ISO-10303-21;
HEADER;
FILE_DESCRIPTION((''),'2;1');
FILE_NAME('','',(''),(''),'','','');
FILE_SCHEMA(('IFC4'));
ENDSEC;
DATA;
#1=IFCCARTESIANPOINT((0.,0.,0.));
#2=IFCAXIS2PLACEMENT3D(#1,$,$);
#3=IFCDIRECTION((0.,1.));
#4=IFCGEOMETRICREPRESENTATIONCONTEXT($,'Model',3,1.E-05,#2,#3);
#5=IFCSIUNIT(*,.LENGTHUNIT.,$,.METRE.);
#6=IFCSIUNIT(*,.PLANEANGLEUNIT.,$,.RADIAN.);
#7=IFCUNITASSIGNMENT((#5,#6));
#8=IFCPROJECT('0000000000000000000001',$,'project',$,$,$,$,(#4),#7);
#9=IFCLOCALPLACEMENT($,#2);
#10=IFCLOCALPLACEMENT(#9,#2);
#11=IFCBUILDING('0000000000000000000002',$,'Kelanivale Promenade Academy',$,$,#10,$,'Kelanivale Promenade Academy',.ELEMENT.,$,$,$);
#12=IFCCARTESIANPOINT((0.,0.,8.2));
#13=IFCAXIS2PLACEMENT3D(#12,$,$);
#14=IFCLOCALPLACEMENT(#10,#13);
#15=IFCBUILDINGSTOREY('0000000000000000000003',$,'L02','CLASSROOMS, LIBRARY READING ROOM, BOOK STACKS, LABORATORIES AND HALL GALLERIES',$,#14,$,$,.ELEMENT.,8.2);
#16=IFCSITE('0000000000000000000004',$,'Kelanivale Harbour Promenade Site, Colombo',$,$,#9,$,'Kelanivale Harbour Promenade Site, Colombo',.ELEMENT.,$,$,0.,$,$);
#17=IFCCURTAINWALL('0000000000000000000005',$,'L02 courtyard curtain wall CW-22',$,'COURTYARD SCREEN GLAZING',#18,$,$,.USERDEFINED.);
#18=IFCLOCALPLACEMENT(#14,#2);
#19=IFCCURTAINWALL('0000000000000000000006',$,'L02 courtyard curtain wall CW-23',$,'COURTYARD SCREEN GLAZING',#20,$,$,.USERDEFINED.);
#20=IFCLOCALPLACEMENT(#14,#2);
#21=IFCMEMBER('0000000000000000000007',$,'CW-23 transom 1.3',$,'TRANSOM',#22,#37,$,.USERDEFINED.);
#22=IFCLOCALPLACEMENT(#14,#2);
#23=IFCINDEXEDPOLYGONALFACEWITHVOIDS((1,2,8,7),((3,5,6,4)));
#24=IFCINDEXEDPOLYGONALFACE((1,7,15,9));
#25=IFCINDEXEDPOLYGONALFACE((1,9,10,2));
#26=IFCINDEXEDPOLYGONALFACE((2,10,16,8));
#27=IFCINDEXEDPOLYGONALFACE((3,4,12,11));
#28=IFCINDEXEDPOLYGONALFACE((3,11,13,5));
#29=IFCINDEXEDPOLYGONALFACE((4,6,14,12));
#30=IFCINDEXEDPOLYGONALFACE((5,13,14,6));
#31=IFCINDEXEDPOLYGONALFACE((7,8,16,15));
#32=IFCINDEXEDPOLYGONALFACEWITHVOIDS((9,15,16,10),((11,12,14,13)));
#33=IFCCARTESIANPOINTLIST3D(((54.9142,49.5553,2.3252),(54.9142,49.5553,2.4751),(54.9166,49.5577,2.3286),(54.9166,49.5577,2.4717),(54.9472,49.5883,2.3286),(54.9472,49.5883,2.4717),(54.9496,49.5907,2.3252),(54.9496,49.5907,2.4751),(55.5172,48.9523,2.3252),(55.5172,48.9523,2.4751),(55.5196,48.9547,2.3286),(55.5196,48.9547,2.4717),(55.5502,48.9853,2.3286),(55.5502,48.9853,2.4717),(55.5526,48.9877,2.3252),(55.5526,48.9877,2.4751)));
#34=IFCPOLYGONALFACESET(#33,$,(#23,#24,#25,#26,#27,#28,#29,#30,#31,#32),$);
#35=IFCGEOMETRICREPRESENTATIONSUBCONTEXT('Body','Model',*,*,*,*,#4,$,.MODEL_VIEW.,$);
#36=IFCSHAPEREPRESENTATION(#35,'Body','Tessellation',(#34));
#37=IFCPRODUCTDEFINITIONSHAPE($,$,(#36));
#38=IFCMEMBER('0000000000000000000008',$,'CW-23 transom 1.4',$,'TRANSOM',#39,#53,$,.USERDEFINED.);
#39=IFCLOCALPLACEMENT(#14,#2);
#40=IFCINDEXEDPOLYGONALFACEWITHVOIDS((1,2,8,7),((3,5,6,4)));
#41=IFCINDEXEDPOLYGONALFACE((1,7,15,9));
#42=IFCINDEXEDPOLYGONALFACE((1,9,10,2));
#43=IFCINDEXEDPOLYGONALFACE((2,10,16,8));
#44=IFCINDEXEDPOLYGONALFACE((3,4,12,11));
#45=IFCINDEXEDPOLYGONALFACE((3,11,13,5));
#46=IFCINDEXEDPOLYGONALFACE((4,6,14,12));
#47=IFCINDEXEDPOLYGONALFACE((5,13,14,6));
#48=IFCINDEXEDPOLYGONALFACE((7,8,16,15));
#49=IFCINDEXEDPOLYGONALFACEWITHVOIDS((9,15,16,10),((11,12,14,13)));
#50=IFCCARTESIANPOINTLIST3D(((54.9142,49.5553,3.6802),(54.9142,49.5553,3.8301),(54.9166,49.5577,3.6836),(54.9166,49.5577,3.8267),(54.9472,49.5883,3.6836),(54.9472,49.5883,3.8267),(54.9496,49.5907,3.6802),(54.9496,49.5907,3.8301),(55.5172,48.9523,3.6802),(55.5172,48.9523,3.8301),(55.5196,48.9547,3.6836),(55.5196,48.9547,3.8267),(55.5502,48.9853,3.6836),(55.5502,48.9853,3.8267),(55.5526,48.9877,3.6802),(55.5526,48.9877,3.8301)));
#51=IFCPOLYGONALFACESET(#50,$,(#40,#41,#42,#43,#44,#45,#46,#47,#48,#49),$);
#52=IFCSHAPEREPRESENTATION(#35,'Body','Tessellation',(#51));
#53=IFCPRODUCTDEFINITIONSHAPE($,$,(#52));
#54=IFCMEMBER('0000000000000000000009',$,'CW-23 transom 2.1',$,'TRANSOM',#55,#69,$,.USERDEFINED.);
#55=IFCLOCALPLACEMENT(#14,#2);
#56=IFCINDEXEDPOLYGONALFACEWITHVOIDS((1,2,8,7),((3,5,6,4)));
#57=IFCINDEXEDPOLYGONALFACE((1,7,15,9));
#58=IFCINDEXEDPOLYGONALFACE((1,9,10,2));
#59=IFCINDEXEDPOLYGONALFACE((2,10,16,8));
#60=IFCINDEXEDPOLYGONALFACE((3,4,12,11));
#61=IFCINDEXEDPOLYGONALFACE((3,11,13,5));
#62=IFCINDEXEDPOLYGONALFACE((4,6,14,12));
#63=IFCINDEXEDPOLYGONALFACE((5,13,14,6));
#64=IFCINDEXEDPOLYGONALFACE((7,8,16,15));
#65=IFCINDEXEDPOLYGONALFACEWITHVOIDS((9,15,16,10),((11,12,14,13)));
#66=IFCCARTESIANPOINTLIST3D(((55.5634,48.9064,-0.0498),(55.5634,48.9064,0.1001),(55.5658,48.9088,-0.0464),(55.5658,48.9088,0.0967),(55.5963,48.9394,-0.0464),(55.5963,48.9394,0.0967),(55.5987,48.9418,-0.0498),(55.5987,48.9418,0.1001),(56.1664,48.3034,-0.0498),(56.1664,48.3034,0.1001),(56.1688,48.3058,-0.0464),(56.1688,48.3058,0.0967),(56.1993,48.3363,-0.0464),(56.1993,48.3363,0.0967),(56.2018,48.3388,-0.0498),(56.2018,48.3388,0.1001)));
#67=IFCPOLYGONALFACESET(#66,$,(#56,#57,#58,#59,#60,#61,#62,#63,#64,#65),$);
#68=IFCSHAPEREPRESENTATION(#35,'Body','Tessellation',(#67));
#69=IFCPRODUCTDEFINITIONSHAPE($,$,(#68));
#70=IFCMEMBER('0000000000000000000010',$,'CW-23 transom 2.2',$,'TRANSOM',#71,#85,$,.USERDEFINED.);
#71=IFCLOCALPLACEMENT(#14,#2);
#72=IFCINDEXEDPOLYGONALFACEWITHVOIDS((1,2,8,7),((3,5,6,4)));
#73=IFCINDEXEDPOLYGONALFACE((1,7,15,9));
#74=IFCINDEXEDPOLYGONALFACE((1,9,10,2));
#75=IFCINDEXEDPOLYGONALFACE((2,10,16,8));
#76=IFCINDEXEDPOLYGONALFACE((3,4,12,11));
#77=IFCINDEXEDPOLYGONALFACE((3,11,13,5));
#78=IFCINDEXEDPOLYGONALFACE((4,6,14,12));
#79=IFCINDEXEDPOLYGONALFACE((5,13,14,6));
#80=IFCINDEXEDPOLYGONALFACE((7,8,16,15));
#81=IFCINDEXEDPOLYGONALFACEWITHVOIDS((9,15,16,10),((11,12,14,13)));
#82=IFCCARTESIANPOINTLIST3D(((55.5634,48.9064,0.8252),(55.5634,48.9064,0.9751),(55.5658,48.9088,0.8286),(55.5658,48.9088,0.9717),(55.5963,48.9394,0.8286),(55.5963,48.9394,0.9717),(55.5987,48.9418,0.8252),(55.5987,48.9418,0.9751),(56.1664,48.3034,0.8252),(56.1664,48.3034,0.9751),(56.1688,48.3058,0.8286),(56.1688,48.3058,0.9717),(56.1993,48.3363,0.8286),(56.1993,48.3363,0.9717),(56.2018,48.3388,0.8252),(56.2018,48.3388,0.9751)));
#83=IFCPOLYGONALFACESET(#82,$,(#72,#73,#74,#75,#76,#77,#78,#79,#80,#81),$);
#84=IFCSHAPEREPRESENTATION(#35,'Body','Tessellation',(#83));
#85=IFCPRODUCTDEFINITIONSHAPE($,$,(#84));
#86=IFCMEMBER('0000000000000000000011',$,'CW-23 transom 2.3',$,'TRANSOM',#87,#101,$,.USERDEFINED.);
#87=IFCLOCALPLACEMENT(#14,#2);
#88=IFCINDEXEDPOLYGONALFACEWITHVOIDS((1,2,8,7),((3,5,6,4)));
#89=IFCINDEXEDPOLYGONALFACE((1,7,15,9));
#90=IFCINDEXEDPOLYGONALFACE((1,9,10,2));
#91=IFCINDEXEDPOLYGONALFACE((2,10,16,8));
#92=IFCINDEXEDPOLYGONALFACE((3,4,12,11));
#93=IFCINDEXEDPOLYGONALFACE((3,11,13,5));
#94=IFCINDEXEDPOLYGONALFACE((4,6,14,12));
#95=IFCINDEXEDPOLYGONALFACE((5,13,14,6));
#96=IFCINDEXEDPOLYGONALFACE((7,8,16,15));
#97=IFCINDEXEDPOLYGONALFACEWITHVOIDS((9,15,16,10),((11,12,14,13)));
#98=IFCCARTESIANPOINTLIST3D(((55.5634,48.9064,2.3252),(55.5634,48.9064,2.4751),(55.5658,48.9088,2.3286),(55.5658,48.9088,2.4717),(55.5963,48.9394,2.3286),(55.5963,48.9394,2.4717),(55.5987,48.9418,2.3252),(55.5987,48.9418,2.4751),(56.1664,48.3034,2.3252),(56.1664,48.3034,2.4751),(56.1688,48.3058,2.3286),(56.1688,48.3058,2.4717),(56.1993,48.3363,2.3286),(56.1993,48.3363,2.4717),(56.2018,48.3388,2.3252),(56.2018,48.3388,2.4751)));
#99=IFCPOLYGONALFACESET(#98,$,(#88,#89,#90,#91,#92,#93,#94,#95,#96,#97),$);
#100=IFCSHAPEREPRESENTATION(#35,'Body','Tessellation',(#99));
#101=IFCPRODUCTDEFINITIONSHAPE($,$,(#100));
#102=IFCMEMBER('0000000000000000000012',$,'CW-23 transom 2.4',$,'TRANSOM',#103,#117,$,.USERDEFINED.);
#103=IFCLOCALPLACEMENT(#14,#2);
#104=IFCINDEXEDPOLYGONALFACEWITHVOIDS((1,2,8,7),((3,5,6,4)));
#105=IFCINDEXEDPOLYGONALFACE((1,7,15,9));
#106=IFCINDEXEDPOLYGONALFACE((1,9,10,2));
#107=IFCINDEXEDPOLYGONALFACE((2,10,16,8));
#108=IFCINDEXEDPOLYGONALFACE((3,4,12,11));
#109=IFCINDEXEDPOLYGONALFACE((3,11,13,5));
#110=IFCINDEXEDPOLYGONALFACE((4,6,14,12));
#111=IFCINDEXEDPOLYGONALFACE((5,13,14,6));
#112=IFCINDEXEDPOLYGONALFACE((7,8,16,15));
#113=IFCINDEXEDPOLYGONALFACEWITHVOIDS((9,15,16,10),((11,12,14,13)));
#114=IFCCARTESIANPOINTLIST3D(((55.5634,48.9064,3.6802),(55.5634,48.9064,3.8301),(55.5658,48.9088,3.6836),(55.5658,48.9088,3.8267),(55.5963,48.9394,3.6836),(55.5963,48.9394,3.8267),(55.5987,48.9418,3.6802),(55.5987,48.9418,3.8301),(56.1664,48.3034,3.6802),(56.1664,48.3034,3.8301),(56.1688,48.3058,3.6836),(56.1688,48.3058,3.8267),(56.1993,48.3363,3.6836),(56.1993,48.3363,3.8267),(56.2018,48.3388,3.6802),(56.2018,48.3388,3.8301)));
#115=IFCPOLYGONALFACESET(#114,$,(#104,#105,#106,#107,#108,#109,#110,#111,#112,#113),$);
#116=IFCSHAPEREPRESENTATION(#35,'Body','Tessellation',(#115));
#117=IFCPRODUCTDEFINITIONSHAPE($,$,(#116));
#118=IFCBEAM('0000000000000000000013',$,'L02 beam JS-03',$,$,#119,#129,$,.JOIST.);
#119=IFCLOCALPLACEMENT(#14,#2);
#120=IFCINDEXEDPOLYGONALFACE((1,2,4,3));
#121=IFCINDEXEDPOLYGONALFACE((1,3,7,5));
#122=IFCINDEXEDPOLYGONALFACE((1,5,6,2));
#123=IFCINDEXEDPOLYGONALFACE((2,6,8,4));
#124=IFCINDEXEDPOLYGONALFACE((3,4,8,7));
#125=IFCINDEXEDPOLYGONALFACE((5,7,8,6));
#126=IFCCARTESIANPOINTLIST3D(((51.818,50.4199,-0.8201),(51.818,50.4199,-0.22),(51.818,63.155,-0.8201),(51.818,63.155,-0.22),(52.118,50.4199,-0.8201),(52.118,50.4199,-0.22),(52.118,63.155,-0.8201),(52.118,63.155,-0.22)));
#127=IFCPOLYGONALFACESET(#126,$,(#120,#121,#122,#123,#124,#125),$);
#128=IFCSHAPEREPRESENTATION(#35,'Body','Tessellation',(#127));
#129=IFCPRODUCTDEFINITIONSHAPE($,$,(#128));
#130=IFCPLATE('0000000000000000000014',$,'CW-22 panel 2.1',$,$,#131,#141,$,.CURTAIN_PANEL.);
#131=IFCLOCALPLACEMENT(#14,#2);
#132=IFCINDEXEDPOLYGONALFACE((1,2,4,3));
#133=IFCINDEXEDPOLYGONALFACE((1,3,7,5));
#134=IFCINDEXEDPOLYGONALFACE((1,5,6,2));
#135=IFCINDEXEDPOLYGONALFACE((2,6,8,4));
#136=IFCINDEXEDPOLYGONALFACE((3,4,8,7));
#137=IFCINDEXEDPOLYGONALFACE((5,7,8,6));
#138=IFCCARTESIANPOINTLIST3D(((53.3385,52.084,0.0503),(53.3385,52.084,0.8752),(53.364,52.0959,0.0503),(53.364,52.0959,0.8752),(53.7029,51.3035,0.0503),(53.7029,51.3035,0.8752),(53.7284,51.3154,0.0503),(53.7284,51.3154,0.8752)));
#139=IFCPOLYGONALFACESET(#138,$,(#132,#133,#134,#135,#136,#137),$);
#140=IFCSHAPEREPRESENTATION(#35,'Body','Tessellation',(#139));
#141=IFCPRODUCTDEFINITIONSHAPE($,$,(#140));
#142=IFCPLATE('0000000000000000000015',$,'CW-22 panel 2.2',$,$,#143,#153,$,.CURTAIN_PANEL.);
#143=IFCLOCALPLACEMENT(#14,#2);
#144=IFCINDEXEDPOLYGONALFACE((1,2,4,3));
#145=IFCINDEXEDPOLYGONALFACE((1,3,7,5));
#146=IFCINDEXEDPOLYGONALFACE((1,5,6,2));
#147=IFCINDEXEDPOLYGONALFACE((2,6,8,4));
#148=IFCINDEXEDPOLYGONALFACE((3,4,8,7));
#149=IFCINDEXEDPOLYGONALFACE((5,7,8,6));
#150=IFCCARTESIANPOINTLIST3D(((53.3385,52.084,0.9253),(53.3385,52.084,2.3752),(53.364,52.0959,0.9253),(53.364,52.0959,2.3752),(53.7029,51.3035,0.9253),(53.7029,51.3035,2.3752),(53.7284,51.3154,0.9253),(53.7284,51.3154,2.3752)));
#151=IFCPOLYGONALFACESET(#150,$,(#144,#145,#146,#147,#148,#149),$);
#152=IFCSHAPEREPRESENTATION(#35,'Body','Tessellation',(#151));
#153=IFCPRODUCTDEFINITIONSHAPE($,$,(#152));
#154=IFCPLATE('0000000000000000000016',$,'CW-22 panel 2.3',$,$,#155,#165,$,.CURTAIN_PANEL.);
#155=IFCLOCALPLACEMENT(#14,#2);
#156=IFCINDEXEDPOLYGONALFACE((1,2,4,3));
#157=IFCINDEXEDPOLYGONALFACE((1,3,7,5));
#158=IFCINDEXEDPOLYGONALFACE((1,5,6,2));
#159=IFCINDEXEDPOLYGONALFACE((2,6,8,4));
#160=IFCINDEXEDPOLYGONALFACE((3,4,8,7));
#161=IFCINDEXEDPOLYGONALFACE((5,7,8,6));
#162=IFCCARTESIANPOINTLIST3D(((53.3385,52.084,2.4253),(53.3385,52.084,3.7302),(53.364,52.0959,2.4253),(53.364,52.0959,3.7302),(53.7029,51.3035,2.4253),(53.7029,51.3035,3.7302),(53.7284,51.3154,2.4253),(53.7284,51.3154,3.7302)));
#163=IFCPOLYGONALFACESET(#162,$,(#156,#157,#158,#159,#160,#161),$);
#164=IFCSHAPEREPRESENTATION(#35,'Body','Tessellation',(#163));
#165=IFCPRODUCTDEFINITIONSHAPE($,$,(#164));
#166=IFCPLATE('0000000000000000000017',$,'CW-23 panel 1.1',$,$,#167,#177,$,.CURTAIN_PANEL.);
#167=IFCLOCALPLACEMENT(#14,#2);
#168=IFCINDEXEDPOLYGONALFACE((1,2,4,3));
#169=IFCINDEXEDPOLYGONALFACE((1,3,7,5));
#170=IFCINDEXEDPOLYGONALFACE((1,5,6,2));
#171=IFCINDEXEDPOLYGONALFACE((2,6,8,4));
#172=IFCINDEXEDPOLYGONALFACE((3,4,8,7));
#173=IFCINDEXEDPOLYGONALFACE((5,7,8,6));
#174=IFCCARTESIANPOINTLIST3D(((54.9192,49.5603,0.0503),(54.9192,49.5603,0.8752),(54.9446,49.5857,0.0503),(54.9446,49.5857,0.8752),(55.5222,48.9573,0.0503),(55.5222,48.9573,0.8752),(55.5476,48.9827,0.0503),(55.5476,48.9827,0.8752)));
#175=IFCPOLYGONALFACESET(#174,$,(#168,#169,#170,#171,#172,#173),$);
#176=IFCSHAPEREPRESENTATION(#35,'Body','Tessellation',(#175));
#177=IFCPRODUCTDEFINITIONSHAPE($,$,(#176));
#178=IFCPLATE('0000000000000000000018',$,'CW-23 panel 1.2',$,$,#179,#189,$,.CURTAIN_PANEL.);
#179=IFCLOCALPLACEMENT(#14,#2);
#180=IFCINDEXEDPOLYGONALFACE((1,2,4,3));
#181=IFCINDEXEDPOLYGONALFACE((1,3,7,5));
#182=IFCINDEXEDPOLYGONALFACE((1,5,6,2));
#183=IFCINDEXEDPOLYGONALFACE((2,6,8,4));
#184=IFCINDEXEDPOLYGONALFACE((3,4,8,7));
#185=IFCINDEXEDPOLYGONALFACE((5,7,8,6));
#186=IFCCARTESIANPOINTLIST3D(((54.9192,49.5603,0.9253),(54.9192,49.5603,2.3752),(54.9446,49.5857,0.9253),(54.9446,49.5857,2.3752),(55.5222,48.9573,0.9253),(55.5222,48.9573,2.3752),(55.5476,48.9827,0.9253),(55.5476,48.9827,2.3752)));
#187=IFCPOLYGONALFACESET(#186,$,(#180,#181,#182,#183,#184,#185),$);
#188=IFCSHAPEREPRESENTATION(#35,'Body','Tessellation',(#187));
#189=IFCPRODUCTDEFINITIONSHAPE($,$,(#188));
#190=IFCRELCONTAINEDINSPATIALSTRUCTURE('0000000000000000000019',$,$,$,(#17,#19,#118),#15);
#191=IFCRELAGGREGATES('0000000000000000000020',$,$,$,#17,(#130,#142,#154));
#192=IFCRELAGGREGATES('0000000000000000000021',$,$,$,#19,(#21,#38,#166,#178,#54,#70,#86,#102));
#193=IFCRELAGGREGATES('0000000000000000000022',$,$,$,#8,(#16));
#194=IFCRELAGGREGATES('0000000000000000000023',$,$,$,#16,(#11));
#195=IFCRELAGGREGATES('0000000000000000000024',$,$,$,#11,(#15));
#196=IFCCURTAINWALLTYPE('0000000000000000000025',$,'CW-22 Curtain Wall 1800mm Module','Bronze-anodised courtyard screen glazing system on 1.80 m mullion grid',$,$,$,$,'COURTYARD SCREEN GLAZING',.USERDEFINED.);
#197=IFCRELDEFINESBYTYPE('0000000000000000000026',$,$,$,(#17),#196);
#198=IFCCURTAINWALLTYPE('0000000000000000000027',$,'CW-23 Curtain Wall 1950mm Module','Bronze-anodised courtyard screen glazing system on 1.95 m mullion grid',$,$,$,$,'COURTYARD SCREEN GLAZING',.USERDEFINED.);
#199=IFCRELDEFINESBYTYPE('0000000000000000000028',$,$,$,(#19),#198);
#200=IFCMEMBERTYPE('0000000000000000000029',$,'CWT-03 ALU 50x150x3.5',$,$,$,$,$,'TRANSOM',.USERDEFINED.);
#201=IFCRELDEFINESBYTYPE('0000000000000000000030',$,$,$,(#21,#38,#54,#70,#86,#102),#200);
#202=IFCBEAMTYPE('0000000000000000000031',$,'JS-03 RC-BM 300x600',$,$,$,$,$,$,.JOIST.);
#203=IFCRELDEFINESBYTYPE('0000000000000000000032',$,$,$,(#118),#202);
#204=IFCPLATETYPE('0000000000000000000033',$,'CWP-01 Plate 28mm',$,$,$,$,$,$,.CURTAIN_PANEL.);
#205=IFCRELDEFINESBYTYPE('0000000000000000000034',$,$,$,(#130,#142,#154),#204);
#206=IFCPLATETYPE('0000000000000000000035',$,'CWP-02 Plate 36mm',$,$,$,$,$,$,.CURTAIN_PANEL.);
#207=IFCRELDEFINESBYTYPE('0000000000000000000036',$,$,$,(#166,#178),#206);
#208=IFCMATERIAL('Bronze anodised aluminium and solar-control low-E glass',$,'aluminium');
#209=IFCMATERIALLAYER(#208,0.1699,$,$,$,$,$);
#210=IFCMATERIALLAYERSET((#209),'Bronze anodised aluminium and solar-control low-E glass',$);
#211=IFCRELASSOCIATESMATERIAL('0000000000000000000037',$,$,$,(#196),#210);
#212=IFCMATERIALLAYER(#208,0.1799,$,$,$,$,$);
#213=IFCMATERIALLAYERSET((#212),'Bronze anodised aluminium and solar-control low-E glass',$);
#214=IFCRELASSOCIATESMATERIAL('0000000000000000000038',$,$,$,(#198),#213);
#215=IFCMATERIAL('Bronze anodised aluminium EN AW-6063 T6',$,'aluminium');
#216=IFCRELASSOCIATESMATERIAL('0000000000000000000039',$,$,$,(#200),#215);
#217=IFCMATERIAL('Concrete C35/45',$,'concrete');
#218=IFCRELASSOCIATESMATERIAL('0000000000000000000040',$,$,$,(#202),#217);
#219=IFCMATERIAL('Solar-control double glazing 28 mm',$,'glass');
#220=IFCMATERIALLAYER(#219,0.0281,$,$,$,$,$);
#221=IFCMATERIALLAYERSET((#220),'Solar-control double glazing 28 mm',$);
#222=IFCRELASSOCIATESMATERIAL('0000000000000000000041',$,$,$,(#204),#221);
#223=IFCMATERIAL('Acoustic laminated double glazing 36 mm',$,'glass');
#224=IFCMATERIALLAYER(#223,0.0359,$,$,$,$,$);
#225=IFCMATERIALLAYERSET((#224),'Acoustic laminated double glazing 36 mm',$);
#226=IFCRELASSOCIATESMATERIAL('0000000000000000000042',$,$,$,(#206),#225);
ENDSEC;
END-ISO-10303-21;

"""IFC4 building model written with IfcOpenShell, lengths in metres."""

from ifc_helpers import new_model, si_unit, direction, frame, origin, origin_2d, place, context, subcontext, project, spatial, rectangle, hollow_rectangle, extrude, material, layer, layer_set, material_profile, profile_set, type_object, element, aggregate, save


model = new_model("IFC4")

# Units and contexts
model_context = context("Model", 3, precision=1e-05, world=origin(), true_north=direction((0.0, 1.0)))
body_context = subcontext(model_context, "Body", "Model", "MODEL_VIEW")
ifc_project = project(units=[si_unit("LENGTHUNIT", "METRE"), si_unit("PLANEANGLEUNIT", "RADIAN")], contexts=[model_context])

# Site, building, storey
site_placement = place(None, origin())
site = spatial("IfcSite", under=ifc_project, at=site_placement, Name="Kelanivale Harbour Promenade Site, Colombo", LongName="Kelanivale Harbour Promenade Site, Colombo", CompositionType="ELEMENT", RefElevation=0.0)
building_placement = place(site_placement, origin())
building = spatial("IfcBuilding", under=site, at=building_placement, Name="Kelanivale Promenade Academy", LongName="Kelanivale Promenade Academy", CompositionType="ELEMENT")
storey_placement = place(building_placement, frame((0.0, 0.0, 8.2)))
storey = spatial("IfcBuildingStorey", under=building, at=storey_placement, Name="L02", Description="CLASSROOMS, LIBRARY READING ROOM, BOOK STACKS, LABORATORIES AND HALL GALLERIES", CompositionType="ELEMENT", Elevation=8.2)

# Curtain wall
ifc_material_1 = material(Name="Bronze anodised aluminium and solar-control low-E glass", Category="aluminium")
ifc_layer_1 = layer(ifc_material_1, 0.1699)
ifc_layer_set_1 = layer_set([ifc_layer_1], Name="Bronze anodised aluminium and solar-control low-E glass")
curtain_wall_type_1 = type_object("IfcCurtainWallType", Name="CW-22 Curtain Wall 1800mm Module", Description="Bronze-anodised courtyard screen glazing system on 1.80 m mullion grid", ElementType="COURTYARD SCREEN GLAZING", PredefinedType="USERDEFINED", material=ifc_layer_set_1)
curtain_wall_1_placement = place(storey_placement, origin())
curtain_wall_1 = element("IfcCurtainWall", 1, at=curtain_wall_1_placement, inside=storey, type_object=curtain_wall_type_1, Name="L02 courtyard curtain wall CW-22", ObjectType="COURTYARD SCREEN GLAZING", PredefinedType="USERDEFINED")
ifc_material_2 = material(Name="Bronze anodised aluminium EN AW-6063 T6", Category="aluminium")

# Curtain wall
ifc_layer_2 = layer(ifc_material_1, 0.1799)
ifc_layer_set_2 = layer_set([ifc_layer_2], Name="Bronze anodised aluminium and solar-control low-E glass")
curtain_wall_type_2 = type_object("IfcCurtainWallType", Name="CW-23 Curtain Wall 1950mm Module", Description="Bronze-anodised courtyard screen glazing system on 1.95 m mullion grid", ElementType="COURTYARD SCREEN GLAZING", PredefinedType="USERDEFINED", material=ifc_layer_set_2)
curtain_wall_2_placement = place(storey_placement, origin())
curtain_wall_2 = element("IfcCurtainWall", 2, at=curtain_wall_2_placement, inside=storey, type_object=curtain_wall_type_2, Name="L02 courtyard curtain wall CW-23", ObjectType="COURTYARD SCREEN GLAZING", PredefinedType="USERDEFINED")

# Members
ifc_material_profile_1 = material_profile(ifc_material_2, hollow_rectangle(XDim=0.05, YDim=0.1499, WallThickness=0.0034, at=origin_2d()), Name="ALU 50x150x3.5")
ifc_profile_set_1 = profile_set([ifc_material_profile_1], Name="Bronze anodised aluminium EN AW-6063 T6")
member_type_1 = type_object("IfcMemberType", Name="CWT-03 ALU 50x150x3.5", ElementType="TRANSOM", PredefinedType="USERDEFINED", material=ifc_profile_set_1)
member_1_placement = place(storey_placement, frame((54.9319, 49.573, 2.4001), z_axis=(0.707107, -0.707107, 0.0), x_axis=(0.707107, 0.707107, 0.0)))
member_1 = element("IfcMember", 3, at=member_1_placement, type_object=member_type_1, Name="CW-23 transom 1.3", ObjectType="TRANSOM", PredefinedType="USERDEFINED", context=body_context, shape_type="SweptSolid", body=[
    extrude(hollow_rectangle(XDim=0.05, YDim=0.1499, WallThickness=0.0034, at=origin_2d()), origin(), (0.0, 0.0, 1.0), 0.8528),
])
member_2_placement = place(storey_placement, frame((54.9319, 49.573, 3.7551), z_axis=(0.707107, -0.707107, 0.0), x_axis=(0.707107, 0.707107, 0.0)))
member_2 = element("IfcMember", 4, at=member_2_placement, type_object=member_type_1, Name="CW-23 transom 1.4", ObjectType="TRANSOM", PredefinedType="USERDEFINED", context=body_context, shape_type="SweptSolid", body=[
    extrude(hollow_rectangle(XDim=0.05, YDim=0.1499, WallThickness=0.0034, at=origin_2d()), origin(), (0.0, 0.0, 1.0), 0.8528),
])
member_3_placement = place(storey_placement, frame((55.5811, 48.9241, 0.0251), z_axis=(0.707107, -0.707107, 0.0), x_axis=(0.707107, 0.707107, 0.0)))
member_3 = element("IfcMember", 5, at=member_3_placement, type_object=member_type_1, Name="CW-23 transom 2.1", ObjectType="TRANSOM", PredefinedType="USERDEFINED", context=body_context, shape_type="SweptSolid", body=[
    extrude(hollow_rectangle(XDim=0.05, YDim=0.1499, WallThickness=0.0034, at=origin_2d()), origin(), (0.0, 0.0, 1.0), 0.8528),
])
member_4_placement = place(storey_placement, frame((55.5811, 48.9241, 0.9001), z_axis=(0.707107, -0.707107, 0.0), x_axis=(0.707107, 0.707107, 0.0)))
member_4 = element("IfcMember", 6, at=member_4_placement, type_object=member_type_1, Name="CW-23 transom 2.2", ObjectType="TRANSOM", PredefinedType="USERDEFINED", context=body_context, shape_type="SweptSolid", body=[
    extrude(hollow_rectangle(XDim=0.05, YDim=0.1499, WallThickness=0.0034, at=origin_2d()), origin(), (0.0, 0.0, 1.0), 0.8528),
])
member_5_placement = place(storey_placement, frame((55.5811, 48.9241, 2.4001), z_axis=(0.707107, -0.707107, 0.0), x_axis=(0.707107, 0.707107, 0.0)))
member_5 = element("IfcMember", 7, at=member_5_placement, type_object=member_type_1, Name="CW-23 transom 2.3", ObjectType="TRANSOM", PredefinedType="USERDEFINED", context=body_context, shape_type="SweptSolid", body=[
    extrude(hollow_rectangle(XDim=0.05, YDim=0.1499, WallThickness=0.0034, at=origin_2d()), origin(), (0.0, 0.0, 1.0), 0.8528),
])
member_6_placement = place(storey_placement, frame((55.5811, 48.9241, 3.7551), z_axis=(0.707107, -0.707107, 0.0), x_axis=(0.707107, 0.707107, 0.0)))
member_6 = element("IfcMember", 8, at=member_6_placement, type_object=member_type_1, Name="CW-23 transom 2.4", ObjectType="TRANSOM", PredefinedType="USERDEFINED", context=body_context, shape_type="SweptSolid", body=[
    extrude(hollow_rectangle(XDim=0.05, YDim=0.1499, WallThickness=0.0034, at=origin_2d()), origin(), (0.0, 0.0, 1.0), 0.8528),
])

# Beam
ifc_material_3 = material(Name="Concrete C35/45", Category="concrete")
ifc_material_profile_2 = material_profile(ifc_material_3, rectangle(XDim=0.3, YDim=0.6001, at=origin_2d()), Name="RC-BM 300x600")
ifc_profile_set_2 = profile_set([ifc_material_profile_2], Name="Concrete C35/45")
beam_type = type_object("IfcBeamType", Name="JS-03 RC-BM 300x600", PredefinedType="JOIST", material=ifc_profile_set_2)
beam_placement = place(storey_placement, frame((51.968, 50.4199, -0.52), z_axis=(0.0, 1.0, 0.0), x_axis=(-1.0, 0.0, 0.0)))
element("IfcBeam", 9, at=beam_placement, inside=storey, type_object=beam_type, Name="L02 beam JS-03", PredefinedType="JOIST", context=body_context, shape_type="SweptSolid", body=[
    extrude(rectangle(XDim=0.3, YDim=0.6001, at=origin_2d()), origin(), (0.0, 0.0, 1.0), 12.7351),
])

# Plates
ifc_material_4 = material(Name="Solar-control double glazing 28 mm", Category="glass")
ifc_layer_3 = layer(ifc_material_4, 0.0281)
ifc_layer_set_3 = layer_set([ifc_layer_3], Name="Solar-control double glazing 28 mm")
plate_type_1 = type_object("IfcPlateType", Name="CWP-01 Plate 28mm", PredefinedType="CURTAIN_PANEL", material=ifc_layer_set_3)
plate_1_placement = place(storey_placement, frame((53.5334, 51.6997, 0.0503), z_axis=(0.0, 0.0, 1.0), x_axis=(0.423087, -0.906089, 0.0)))
plate_1 = element("IfcPlate", 10, at=plate_1_placement, type_object=plate_type_1, Name="CW-22 panel 2.1", PredefinedType="CURTAIN_PANEL", context=body_context, shape_type="SweptSolid", body=[
    extrude(rectangle(XDim=0.8613, YDim=0.0281, at=origin_2d()), origin(), (0.0, 0.0, 1.0), 0.825),
])
plate_2_placement = place(storey_placement, frame((53.5334, 51.6997, 0.9253), z_axis=(0.0, 0.0, 1.0), x_axis=(0.423087, -0.906089, 0.0)))
plate_2 = element("IfcPlate", 11, at=plate_2_placement, type_object=plate_type_1, Name="CW-22 panel 2.2", PredefinedType="CURTAIN_PANEL", context=body_context, shape_type="SweptSolid", body=[
    extrude(rectangle(XDim=0.8613, YDim=0.0281, at=origin_2d()), origin(), (0.0, 0.0, 1.0), 1.45),
])
plate_3_placement = place(storey_placement, frame((53.5334, 51.6997, 2.4253), z_axis=(0.0, 0.0, 1.0), x_axis=(0.423087, -0.906089, 0.0)))
plate_3 = element("IfcPlate", 12, at=plate_3_placement, type_object=plate_type_1, Name="CW-22 panel 2.3", PredefinedType="CURTAIN_PANEL", context=body_context, shape_type="SweptSolid", body=[
    extrude(rectangle(XDim=0.8613, YDim=0.0281, at=origin_2d()), origin(), (0.0, 0.0, 1.0), 1.3049),
])
aggregate(curtain_wall_1, [plate_1, plate_2, plate_3])
ifc_material_5 = material(Name="Acoustic laminated double glazing 36 mm", Category="glass")
ifc_layer_4 = layer(ifc_material_5, 0.0359)
ifc_layer_set_4 = layer_set([ifc_layer_4], Name="Acoustic laminated double glazing 36 mm")
plate_type_2 = type_object("IfcPlateType", Name="CWP-02 Plate 36mm", PredefinedType="CURTAIN_PANEL", material=ifc_layer_set_4)
plate_4_placement = place(storey_placement, frame((55.2334, 49.2715, 0.0503), z_axis=(0.0, 0.0, 1.0), x_axis=(0.707107, -0.707107, 0.0)))
plate_4 = element("IfcPlate", 13, at=plate_4_placement, type_object=plate_type_2, Name="CW-23 panel 1.1", PredefinedType="CURTAIN_PANEL", context=body_context, shape_type="SweptSolid", body=[
    extrude(rectangle(XDim=0.8528, YDim=0.0359, at=origin_2d()), origin(), (0.0, 0.0, 1.0), 0.825),
])
plate_5_placement = place(storey_placement, frame((55.2334, 49.2715, 0.9253), z_axis=(0.0, 0.0, 1.0), x_axis=(0.707107, -0.707107, 0.0)))
plate_5 = element("IfcPlate", 14, at=plate_5_placement, type_object=plate_type_2, Name="CW-23 panel 1.2", PredefinedType="CURTAIN_PANEL", context=body_context, shape_type="SweptSolid", body=[
    extrude(rectangle(XDim=0.8528, YDim=0.0359, at=origin_2d()), origin(), (0.0, 0.0, 1.0), 1.45),
])
aggregate(curtain_wall_2, [member_1, member_2, plate_4, plate_5, member_3, member_4, member_5, member_6])

save(model, "model.ifc")
